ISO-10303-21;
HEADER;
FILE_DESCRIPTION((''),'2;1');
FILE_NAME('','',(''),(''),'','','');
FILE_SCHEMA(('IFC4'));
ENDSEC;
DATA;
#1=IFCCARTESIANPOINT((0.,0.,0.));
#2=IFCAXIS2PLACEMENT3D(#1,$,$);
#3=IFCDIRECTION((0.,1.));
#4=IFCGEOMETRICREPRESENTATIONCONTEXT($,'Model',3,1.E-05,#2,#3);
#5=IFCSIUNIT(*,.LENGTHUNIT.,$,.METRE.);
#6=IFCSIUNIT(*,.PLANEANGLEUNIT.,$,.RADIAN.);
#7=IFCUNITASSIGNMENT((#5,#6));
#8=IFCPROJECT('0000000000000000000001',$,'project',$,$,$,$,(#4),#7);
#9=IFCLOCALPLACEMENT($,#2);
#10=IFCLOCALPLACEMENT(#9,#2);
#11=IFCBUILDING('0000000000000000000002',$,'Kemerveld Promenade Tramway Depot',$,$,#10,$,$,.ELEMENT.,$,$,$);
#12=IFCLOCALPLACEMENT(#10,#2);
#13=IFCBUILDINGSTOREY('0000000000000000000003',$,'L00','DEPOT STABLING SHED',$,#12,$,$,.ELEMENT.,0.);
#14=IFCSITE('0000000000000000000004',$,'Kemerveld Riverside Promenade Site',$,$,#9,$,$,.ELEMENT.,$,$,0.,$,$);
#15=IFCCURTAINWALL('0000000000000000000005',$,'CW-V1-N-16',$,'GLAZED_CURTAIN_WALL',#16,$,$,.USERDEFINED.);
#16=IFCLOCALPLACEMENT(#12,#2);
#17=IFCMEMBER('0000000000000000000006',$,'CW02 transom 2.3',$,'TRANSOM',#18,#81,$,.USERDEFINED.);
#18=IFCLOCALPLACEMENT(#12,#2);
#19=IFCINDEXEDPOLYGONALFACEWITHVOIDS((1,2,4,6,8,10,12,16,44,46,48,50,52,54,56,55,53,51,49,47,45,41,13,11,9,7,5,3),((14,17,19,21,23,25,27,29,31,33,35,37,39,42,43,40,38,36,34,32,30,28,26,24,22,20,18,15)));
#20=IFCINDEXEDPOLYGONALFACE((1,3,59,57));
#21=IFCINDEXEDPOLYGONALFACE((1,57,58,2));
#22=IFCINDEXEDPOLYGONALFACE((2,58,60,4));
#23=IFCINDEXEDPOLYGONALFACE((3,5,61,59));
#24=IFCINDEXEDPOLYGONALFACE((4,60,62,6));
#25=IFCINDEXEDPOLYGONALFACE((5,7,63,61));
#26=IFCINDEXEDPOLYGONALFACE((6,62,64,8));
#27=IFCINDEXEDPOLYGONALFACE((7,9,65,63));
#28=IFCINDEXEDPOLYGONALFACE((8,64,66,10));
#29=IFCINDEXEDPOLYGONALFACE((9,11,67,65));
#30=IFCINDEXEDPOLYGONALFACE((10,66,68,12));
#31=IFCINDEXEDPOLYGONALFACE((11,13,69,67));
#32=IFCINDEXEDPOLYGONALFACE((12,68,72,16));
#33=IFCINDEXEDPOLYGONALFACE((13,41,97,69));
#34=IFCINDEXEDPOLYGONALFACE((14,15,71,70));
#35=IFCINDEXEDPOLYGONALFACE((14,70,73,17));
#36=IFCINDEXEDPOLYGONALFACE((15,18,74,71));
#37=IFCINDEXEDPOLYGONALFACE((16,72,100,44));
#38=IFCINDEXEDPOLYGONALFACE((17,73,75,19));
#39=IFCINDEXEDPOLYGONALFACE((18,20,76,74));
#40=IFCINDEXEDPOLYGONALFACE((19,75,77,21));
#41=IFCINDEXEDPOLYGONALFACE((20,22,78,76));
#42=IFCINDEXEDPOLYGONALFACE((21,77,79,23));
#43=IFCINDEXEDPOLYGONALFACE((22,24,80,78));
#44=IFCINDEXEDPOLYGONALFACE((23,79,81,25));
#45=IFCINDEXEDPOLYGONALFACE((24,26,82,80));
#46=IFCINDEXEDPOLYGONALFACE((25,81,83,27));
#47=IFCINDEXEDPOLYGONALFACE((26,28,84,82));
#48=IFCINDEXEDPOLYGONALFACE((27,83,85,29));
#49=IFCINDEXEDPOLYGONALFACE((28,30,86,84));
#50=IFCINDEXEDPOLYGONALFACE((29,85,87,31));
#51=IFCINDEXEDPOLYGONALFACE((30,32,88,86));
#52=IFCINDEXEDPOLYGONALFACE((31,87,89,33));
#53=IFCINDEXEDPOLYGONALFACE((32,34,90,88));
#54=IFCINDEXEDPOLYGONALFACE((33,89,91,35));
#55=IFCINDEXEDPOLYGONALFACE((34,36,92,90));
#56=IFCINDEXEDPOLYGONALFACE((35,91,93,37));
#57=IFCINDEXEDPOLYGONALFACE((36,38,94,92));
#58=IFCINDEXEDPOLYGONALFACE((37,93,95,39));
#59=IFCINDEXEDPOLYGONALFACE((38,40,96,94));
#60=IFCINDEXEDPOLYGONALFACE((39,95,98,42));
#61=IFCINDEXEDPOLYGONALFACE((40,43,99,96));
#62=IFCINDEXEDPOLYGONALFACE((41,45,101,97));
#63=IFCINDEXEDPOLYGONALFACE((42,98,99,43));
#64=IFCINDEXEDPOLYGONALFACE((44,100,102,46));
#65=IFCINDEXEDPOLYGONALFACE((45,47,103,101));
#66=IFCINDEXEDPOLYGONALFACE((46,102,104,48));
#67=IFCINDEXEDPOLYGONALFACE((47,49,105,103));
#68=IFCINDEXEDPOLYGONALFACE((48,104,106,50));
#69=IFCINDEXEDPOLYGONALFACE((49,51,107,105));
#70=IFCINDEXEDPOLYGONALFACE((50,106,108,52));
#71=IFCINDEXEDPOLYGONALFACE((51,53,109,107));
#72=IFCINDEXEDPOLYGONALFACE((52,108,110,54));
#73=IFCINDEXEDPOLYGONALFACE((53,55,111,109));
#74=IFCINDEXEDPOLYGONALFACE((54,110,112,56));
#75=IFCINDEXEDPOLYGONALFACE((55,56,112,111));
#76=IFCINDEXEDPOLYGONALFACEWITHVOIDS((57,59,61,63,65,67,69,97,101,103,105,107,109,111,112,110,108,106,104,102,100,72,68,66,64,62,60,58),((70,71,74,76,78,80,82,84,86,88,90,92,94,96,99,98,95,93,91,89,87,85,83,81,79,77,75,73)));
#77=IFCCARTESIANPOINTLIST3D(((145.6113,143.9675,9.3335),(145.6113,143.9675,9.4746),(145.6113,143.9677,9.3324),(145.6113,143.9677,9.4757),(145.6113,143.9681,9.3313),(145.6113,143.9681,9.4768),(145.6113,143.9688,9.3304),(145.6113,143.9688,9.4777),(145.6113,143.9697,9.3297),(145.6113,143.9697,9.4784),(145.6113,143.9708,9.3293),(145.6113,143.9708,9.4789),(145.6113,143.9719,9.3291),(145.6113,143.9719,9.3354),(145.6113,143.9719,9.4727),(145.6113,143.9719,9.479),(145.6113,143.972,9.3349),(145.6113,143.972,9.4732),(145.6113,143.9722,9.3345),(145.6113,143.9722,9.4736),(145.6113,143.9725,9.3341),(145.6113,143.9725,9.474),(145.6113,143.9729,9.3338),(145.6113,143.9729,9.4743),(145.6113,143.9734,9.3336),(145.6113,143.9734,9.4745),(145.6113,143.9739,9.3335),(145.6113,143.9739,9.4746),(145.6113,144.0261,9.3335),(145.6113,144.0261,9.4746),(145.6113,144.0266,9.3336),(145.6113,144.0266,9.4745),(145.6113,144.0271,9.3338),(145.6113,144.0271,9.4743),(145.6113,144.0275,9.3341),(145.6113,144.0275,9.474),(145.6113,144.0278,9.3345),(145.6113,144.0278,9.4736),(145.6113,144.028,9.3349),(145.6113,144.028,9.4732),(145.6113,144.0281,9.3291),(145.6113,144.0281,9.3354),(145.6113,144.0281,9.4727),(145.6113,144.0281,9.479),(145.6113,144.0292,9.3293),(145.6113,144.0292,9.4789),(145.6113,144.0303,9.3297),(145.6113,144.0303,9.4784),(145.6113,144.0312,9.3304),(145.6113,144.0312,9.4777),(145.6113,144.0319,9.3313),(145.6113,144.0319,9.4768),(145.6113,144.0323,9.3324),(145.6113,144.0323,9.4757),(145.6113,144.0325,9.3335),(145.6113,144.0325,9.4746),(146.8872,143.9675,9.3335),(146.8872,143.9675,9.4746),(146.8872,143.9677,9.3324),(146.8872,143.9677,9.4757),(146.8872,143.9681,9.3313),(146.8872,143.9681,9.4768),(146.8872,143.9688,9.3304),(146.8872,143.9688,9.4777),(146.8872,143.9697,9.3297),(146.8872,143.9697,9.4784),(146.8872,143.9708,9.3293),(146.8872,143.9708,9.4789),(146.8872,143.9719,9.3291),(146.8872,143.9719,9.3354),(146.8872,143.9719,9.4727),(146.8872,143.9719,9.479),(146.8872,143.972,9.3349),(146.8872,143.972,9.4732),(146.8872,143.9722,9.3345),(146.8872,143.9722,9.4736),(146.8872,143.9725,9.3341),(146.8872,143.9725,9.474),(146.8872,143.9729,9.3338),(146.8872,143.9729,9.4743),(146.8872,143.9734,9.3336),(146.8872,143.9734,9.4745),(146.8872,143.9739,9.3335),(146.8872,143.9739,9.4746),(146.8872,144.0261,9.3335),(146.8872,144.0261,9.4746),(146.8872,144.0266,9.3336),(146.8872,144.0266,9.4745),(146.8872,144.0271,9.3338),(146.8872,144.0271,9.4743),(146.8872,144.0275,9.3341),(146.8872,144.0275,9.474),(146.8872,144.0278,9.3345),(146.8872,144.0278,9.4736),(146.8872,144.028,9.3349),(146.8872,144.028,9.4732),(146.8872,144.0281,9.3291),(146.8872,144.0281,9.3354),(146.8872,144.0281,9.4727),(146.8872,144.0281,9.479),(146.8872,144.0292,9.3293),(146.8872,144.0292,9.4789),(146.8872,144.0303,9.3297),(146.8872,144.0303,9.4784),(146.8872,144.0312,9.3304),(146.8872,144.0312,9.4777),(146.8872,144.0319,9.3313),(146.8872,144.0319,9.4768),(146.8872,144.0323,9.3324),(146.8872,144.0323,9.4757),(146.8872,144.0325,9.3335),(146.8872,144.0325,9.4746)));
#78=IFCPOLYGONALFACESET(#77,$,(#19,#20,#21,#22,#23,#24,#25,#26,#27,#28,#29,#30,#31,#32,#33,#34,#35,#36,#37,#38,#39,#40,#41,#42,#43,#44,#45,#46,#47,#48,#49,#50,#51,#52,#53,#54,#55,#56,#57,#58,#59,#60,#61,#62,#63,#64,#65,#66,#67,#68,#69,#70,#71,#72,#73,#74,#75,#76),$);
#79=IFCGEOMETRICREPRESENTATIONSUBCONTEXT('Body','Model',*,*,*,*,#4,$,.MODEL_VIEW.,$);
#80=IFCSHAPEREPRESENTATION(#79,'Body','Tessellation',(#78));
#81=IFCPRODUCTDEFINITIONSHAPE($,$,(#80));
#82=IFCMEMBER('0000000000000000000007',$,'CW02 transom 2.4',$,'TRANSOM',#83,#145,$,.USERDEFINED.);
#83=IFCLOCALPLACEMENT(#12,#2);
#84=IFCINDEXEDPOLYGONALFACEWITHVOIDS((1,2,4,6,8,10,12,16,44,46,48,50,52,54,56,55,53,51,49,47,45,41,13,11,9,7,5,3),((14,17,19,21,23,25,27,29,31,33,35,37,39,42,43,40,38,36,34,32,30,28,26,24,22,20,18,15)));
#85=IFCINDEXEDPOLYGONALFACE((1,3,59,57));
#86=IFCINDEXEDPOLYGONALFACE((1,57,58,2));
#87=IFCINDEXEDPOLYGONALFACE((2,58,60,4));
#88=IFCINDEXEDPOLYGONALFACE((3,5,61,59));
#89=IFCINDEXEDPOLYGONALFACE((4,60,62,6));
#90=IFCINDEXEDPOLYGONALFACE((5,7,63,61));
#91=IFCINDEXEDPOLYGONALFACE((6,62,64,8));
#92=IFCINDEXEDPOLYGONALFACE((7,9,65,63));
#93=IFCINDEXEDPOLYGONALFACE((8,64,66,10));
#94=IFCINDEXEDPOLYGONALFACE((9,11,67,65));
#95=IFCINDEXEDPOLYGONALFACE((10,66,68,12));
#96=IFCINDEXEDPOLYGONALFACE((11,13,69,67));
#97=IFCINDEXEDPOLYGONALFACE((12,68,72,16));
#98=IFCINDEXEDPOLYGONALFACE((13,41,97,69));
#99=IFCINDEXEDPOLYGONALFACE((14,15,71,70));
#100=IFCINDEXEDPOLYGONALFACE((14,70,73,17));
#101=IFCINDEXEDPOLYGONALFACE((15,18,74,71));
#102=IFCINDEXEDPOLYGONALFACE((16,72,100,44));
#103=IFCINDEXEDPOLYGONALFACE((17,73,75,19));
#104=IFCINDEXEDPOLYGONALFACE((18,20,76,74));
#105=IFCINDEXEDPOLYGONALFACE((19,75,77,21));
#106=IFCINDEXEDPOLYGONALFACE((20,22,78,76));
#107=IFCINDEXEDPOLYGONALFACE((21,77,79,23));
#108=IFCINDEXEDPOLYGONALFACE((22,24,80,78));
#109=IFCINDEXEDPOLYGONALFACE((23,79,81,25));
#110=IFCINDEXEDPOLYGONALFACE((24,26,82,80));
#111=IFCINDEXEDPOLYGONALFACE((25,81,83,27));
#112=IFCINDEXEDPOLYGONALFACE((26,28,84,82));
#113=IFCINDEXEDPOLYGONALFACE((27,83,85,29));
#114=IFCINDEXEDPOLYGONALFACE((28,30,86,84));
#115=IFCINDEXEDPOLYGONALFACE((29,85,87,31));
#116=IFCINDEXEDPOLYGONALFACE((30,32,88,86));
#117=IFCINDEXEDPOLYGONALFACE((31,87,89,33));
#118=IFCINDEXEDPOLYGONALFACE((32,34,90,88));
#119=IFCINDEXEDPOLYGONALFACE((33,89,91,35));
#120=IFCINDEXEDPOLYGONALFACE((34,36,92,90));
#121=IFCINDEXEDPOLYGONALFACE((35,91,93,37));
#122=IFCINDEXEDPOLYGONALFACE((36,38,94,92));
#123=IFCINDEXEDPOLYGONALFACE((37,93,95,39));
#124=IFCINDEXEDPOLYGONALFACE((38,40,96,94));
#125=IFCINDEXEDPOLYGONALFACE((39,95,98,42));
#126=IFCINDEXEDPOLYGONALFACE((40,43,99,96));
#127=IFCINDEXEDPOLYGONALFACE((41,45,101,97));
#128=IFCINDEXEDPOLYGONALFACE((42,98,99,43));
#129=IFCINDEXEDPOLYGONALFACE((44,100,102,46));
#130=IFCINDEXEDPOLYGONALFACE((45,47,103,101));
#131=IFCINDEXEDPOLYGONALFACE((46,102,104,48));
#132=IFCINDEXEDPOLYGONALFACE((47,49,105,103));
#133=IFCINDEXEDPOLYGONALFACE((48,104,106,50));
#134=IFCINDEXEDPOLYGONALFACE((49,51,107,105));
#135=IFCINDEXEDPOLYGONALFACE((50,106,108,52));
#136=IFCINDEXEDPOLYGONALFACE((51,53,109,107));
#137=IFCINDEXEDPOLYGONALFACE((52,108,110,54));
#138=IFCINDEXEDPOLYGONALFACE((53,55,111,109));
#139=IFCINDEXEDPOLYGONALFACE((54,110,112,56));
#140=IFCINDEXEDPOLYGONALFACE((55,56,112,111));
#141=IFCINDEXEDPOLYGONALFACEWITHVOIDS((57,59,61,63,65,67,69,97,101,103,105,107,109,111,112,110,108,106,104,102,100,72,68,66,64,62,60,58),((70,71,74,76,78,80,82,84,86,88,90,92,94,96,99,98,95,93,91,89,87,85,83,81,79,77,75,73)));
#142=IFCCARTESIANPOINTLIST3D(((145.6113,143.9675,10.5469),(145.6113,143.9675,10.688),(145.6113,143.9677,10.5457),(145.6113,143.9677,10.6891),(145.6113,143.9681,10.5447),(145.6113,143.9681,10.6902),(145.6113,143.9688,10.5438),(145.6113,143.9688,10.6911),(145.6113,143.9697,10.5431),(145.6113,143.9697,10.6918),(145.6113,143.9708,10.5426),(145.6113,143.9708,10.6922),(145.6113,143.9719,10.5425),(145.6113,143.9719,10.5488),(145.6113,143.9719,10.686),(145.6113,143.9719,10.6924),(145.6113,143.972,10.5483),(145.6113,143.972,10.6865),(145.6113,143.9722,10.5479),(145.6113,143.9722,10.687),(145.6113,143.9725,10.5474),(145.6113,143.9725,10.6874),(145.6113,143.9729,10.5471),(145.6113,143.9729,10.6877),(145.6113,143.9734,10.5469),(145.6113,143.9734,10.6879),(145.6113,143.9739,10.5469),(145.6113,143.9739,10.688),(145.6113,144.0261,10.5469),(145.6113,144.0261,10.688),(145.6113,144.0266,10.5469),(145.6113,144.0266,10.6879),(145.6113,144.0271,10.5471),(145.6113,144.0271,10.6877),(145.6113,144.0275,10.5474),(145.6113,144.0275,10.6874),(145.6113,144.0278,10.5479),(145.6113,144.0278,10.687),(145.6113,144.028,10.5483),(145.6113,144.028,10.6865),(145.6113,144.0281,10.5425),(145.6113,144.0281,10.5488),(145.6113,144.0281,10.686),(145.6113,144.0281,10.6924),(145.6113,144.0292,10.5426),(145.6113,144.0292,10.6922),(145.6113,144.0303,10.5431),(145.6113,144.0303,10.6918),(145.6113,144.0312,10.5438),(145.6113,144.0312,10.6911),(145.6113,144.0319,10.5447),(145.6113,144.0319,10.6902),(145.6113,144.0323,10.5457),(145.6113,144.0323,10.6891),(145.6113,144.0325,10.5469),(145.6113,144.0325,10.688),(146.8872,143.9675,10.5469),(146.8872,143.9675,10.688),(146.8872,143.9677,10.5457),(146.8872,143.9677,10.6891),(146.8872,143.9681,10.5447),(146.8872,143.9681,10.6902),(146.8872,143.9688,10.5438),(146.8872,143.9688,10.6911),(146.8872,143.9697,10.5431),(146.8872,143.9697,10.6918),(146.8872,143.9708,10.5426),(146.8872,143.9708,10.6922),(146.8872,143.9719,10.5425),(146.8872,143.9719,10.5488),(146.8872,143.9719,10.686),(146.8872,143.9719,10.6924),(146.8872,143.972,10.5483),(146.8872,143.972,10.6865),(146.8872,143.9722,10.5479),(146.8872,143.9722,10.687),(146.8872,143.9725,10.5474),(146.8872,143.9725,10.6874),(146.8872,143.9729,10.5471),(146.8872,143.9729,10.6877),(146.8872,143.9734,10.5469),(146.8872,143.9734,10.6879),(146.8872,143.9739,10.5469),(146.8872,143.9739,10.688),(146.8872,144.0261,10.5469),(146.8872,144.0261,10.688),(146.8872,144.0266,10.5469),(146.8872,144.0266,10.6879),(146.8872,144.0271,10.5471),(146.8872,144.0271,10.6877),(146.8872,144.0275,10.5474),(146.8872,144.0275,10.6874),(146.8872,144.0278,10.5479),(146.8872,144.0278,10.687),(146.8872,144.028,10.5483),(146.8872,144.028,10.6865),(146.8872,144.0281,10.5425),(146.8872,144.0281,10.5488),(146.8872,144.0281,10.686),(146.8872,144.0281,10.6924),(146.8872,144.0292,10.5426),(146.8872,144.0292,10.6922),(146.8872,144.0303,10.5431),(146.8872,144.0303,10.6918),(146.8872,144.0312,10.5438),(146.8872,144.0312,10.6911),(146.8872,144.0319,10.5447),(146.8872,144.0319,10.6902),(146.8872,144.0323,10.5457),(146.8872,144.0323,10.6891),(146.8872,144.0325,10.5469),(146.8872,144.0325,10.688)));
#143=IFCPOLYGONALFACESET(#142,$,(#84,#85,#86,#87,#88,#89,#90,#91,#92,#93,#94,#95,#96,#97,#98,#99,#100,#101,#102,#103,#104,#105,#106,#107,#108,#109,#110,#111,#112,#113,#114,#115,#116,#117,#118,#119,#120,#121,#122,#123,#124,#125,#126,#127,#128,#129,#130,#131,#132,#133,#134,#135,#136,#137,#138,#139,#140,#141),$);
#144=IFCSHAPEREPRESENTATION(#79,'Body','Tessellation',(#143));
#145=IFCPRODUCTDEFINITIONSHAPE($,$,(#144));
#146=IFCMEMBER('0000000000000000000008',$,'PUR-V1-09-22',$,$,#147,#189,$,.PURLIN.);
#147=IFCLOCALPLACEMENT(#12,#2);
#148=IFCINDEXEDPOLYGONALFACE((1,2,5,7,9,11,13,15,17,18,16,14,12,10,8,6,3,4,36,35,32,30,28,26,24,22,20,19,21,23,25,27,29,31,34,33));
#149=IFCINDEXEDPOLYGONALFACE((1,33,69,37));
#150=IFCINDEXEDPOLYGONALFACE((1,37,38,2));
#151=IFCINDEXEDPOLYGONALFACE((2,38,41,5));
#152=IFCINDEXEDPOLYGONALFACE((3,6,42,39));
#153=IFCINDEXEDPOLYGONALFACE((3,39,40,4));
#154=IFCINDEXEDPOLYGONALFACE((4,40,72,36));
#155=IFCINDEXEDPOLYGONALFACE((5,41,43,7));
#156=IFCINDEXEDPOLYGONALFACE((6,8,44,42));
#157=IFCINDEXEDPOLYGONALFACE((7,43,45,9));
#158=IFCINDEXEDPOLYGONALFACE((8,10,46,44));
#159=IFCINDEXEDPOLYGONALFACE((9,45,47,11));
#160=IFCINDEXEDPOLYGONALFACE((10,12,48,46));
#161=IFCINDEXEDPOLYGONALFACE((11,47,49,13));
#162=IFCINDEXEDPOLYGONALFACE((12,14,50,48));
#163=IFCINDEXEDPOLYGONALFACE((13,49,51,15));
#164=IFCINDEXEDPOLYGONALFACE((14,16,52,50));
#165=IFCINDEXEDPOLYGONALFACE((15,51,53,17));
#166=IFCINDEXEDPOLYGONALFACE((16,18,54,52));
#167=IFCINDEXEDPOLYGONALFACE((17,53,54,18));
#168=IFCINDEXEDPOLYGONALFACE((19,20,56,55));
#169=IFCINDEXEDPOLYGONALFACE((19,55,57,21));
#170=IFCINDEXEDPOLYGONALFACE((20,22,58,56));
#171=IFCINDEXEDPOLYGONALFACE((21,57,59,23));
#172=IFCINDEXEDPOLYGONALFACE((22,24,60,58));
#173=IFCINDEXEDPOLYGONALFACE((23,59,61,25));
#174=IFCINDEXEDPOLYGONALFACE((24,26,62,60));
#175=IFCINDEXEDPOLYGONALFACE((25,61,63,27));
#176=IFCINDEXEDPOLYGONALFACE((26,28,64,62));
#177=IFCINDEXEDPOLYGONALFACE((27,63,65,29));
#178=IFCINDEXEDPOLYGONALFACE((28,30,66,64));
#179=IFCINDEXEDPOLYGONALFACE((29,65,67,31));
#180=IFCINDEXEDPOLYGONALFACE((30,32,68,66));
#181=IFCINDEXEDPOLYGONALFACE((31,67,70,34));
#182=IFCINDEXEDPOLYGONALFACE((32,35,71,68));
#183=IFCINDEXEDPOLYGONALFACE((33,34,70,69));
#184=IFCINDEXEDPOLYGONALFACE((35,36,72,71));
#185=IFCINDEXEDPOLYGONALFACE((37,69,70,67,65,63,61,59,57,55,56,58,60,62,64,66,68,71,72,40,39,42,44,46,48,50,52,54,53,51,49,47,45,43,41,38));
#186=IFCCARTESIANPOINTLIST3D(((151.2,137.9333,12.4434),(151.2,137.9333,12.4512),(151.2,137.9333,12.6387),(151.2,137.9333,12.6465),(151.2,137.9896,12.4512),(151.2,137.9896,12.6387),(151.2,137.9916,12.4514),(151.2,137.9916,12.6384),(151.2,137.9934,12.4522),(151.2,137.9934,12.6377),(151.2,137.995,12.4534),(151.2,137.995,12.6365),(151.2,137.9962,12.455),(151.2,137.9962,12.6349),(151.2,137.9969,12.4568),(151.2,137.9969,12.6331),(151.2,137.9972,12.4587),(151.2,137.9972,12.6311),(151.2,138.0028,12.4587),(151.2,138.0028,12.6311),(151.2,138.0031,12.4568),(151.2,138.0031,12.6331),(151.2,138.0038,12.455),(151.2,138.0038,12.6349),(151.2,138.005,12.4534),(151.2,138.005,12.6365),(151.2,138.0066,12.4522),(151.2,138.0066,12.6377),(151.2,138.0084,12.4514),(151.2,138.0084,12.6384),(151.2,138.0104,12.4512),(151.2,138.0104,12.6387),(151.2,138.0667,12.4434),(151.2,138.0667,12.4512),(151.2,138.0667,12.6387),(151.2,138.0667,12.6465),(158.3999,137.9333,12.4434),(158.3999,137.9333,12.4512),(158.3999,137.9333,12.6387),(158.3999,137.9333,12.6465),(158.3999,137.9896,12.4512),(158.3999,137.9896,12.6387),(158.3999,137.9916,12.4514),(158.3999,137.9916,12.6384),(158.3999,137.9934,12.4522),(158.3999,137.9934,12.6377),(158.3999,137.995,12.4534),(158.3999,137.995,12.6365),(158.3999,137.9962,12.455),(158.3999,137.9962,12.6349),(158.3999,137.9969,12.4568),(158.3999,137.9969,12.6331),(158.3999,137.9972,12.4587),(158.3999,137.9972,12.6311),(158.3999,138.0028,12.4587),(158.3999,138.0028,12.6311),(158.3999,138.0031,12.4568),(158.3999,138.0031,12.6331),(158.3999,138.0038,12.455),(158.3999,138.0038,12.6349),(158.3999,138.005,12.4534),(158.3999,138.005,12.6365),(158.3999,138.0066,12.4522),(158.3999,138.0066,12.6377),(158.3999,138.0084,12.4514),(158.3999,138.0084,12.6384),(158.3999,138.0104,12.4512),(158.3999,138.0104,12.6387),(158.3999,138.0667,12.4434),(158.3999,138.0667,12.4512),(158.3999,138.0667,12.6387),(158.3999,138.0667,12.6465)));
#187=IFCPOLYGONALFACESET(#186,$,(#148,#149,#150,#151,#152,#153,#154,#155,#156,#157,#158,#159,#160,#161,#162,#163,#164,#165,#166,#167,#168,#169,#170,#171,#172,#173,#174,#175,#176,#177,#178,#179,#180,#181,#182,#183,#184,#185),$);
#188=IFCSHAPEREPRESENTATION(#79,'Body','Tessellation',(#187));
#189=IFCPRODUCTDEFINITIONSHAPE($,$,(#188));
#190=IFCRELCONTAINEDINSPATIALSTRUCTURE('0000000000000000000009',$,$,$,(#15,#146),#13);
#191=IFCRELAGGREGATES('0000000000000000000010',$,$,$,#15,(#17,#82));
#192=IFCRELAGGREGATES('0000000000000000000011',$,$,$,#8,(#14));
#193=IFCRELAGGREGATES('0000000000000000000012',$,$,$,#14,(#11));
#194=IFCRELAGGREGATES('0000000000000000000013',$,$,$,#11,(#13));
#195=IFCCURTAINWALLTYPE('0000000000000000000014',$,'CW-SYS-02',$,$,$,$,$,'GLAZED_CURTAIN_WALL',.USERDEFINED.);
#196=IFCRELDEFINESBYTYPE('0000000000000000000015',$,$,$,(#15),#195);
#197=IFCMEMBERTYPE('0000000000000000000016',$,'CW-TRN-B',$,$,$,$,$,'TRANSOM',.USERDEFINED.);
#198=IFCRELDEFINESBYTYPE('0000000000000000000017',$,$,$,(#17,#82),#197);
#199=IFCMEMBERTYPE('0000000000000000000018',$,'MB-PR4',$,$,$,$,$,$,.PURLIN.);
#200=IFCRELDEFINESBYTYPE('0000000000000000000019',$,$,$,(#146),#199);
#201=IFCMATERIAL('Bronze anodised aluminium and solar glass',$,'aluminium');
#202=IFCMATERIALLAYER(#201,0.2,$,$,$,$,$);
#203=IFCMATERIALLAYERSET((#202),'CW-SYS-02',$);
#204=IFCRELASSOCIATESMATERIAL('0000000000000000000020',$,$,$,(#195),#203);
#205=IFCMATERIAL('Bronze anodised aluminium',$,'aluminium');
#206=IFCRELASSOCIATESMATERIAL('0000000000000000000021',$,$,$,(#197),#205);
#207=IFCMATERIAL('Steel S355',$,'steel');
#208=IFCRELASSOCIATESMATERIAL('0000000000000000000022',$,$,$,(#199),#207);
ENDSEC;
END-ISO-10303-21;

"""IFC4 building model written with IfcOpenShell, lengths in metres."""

from ifc_helpers import new_model, si_unit, direction, frame, origin, origin_2d, place, context, subcontext, project, spatial, hollow_rectangle, i_section, extrude, material, layer, layer_set, material_profile, profile_set, type_object, element, aggregate, save


model = new_model("IFC4")

# Units and contexts
model_context = context("Model", 3, precision=1e-05, world=origin(), true_north=direction((0.0, 1.0)))
body_context = subcontext(model_context, "Body", "Model", "MODEL_VIEW")
ifc_project = project(units=[si_unit("LENGTHUNIT", "METRE"), si_unit("PLANEANGLEUNIT", "RADIAN")], contexts=[model_context])

# Site, building, storey
site_placement = place(None, origin())
site = spatial("IfcSite", under=ifc_project, at=site_placement, Name="Kemerveld Riverside Promenade Site", CompositionType="ELEMENT", RefElevation=0.0)
building_placement = place(site_placement, origin())
building = spatial("IfcBuilding", under=site, at=building_placement, Name="Kemerveld Promenade Tramway Depot", CompositionType="ELEMENT")
storey_placement = place(building_placement, origin())
storey = spatial("IfcBuildingStorey", under=building, at=storey_placement, Name="L00", Description="DEPOT STABLING SHED", CompositionType="ELEMENT", Elevation=0.0)

# Shared definitions
ifc_material_1 = material(Name="Steel S355", Category="steel")

# Curtain wall, members
ifc_material_2 = material(Name="Bronze anodised aluminium and solar glass", Category="aluminium")
ifc_layer_1 = layer(ifc_material_2, 0.2)
ifc_layer_set_1 = layer_set([ifc_layer_1], Name="CW-SYS-02")
curtain_wall_type = type_object("IfcCurtainWallType", Name="CW-SYS-02", ElementType="GLAZED_CURTAIN_WALL", PredefinedType="USERDEFINED", material=ifc_layer_set_1)
curtain_wall_placement = place(storey_placement, origin())
curtain_wall = element("IfcCurtainWall", 1, at=curtain_wall_placement, inside=storey, type_object=curtain_wall_type, Name="CW-V1-N-16", ObjectType="GLAZED_CURTAIN_WALL", PredefinedType="USERDEFINED")
ifc_material_3 = material(Name="Bronze anodised aluminium", Category="aluminium")
ifc_material_profile_1 = material_profile(ifc_material_3, hollow_rectangle(XDim=0.0649, YDim=0.1499, WallThickness=0.0044, InnerFilletRadius=0.002, OuterFilletRadius=0.0044, at=origin_2d()), Name="CW-TRN-150x65")
ifc_profile_set_1 = profile_set([ifc_material_profile_1], Name="Bronze anodised aluminium")
member_type_1 = type_object("IfcMemberType", Name="CW-TRN-B", ElementType="TRANSOM", PredefinedType="USERDEFINED", material=ifc_profile_set_1)
member_1_placement = place(storey_placement, frame((145.6113, 144.0, 9.4041), z_axis=(1.0, 0.0, 0.0), x_axis=(0.0, 1.0, 0.0)))
member_1 = element("IfcMember", 2, at=member_1_placement, type_object=member_type_1, Name="CW02 transom 2.3", ObjectType="TRANSOM", PredefinedType="USERDEFINED", context=body_context, shape_type="SweptSolid", body=[
    extrude(hollow_rectangle(XDim=0.0649, YDim=0.1499, WallThickness=0.0044, InnerFilletRadius=0.002, OuterFilletRadius=0.0044, at=origin_2d()), origin(), (0.0, 0.0, 1.0), 1.2759),
])
member_2_placement = place(storey_placement, frame((145.6113, 144.0, 10.6174), z_axis=(1.0, 0.0, 0.0), x_axis=(0.0, 1.0, 0.0)))
member_2 = element("IfcMember", 3, at=member_2_placement, type_object=member_type_1, Name="CW02 transom 2.4", ObjectType="TRANSOM", PredefinedType="USERDEFINED", context=body_context, shape_type="SweptSolid", body=[
    extrude(hollow_rectangle(XDim=0.0649, YDim=0.1499, WallThickness=0.0044, InnerFilletRadius=0.002, OuterFilletRadius=0.0044, at=origin_2d()), origin(), (0.0, 0.0, 1.0), 1.2759),
])

# Member
ifc_material_profile_2 = material_profile(ifc_material_1, i_section(OverallWidth=0.1333, OverallDepth=0.2031, WebThickness=0.0056, FlangeThickness=0.0078, FilletRadius=0.0076, at=origin_2d()), Name="203x133x25 UB")
ifc_profile_set_2 = profile_set([ifc_material_profile_2], Name="Steel S355")
member_type_2 = type_object("IfcMemberType", Name="MB-PR4", PredefinedType="PURLIN", material=ifc_profile_set_2)
member_3_placement = place(storey_placement, frame((151.2, 138.0, 12.5449), z_axis=(1.0, 0.0, 0.0), x_axis=(0.0, 1.0, 0.0)))
element("IfcMember", 4, at=member_3_placement, inside=storey, type_object=member_type_2, Name="PUR-V1-09-22", PredefinedType="PURLIN", context=body_context, shape_type="SweptSolid", body=[
    extrude(i_section(OverallWidth=0.1333, OverallDepth=0.2031, WebThickness=0.0056, FlangeThickness=0.0078, FilletRadius=0.0076, at=origin_2d()), origin(), (0.0, 0.0, 1.0), 7.2),
])

aggregate(curtain_wall, [member_1, member_2])

save(model, "model.ifc")
